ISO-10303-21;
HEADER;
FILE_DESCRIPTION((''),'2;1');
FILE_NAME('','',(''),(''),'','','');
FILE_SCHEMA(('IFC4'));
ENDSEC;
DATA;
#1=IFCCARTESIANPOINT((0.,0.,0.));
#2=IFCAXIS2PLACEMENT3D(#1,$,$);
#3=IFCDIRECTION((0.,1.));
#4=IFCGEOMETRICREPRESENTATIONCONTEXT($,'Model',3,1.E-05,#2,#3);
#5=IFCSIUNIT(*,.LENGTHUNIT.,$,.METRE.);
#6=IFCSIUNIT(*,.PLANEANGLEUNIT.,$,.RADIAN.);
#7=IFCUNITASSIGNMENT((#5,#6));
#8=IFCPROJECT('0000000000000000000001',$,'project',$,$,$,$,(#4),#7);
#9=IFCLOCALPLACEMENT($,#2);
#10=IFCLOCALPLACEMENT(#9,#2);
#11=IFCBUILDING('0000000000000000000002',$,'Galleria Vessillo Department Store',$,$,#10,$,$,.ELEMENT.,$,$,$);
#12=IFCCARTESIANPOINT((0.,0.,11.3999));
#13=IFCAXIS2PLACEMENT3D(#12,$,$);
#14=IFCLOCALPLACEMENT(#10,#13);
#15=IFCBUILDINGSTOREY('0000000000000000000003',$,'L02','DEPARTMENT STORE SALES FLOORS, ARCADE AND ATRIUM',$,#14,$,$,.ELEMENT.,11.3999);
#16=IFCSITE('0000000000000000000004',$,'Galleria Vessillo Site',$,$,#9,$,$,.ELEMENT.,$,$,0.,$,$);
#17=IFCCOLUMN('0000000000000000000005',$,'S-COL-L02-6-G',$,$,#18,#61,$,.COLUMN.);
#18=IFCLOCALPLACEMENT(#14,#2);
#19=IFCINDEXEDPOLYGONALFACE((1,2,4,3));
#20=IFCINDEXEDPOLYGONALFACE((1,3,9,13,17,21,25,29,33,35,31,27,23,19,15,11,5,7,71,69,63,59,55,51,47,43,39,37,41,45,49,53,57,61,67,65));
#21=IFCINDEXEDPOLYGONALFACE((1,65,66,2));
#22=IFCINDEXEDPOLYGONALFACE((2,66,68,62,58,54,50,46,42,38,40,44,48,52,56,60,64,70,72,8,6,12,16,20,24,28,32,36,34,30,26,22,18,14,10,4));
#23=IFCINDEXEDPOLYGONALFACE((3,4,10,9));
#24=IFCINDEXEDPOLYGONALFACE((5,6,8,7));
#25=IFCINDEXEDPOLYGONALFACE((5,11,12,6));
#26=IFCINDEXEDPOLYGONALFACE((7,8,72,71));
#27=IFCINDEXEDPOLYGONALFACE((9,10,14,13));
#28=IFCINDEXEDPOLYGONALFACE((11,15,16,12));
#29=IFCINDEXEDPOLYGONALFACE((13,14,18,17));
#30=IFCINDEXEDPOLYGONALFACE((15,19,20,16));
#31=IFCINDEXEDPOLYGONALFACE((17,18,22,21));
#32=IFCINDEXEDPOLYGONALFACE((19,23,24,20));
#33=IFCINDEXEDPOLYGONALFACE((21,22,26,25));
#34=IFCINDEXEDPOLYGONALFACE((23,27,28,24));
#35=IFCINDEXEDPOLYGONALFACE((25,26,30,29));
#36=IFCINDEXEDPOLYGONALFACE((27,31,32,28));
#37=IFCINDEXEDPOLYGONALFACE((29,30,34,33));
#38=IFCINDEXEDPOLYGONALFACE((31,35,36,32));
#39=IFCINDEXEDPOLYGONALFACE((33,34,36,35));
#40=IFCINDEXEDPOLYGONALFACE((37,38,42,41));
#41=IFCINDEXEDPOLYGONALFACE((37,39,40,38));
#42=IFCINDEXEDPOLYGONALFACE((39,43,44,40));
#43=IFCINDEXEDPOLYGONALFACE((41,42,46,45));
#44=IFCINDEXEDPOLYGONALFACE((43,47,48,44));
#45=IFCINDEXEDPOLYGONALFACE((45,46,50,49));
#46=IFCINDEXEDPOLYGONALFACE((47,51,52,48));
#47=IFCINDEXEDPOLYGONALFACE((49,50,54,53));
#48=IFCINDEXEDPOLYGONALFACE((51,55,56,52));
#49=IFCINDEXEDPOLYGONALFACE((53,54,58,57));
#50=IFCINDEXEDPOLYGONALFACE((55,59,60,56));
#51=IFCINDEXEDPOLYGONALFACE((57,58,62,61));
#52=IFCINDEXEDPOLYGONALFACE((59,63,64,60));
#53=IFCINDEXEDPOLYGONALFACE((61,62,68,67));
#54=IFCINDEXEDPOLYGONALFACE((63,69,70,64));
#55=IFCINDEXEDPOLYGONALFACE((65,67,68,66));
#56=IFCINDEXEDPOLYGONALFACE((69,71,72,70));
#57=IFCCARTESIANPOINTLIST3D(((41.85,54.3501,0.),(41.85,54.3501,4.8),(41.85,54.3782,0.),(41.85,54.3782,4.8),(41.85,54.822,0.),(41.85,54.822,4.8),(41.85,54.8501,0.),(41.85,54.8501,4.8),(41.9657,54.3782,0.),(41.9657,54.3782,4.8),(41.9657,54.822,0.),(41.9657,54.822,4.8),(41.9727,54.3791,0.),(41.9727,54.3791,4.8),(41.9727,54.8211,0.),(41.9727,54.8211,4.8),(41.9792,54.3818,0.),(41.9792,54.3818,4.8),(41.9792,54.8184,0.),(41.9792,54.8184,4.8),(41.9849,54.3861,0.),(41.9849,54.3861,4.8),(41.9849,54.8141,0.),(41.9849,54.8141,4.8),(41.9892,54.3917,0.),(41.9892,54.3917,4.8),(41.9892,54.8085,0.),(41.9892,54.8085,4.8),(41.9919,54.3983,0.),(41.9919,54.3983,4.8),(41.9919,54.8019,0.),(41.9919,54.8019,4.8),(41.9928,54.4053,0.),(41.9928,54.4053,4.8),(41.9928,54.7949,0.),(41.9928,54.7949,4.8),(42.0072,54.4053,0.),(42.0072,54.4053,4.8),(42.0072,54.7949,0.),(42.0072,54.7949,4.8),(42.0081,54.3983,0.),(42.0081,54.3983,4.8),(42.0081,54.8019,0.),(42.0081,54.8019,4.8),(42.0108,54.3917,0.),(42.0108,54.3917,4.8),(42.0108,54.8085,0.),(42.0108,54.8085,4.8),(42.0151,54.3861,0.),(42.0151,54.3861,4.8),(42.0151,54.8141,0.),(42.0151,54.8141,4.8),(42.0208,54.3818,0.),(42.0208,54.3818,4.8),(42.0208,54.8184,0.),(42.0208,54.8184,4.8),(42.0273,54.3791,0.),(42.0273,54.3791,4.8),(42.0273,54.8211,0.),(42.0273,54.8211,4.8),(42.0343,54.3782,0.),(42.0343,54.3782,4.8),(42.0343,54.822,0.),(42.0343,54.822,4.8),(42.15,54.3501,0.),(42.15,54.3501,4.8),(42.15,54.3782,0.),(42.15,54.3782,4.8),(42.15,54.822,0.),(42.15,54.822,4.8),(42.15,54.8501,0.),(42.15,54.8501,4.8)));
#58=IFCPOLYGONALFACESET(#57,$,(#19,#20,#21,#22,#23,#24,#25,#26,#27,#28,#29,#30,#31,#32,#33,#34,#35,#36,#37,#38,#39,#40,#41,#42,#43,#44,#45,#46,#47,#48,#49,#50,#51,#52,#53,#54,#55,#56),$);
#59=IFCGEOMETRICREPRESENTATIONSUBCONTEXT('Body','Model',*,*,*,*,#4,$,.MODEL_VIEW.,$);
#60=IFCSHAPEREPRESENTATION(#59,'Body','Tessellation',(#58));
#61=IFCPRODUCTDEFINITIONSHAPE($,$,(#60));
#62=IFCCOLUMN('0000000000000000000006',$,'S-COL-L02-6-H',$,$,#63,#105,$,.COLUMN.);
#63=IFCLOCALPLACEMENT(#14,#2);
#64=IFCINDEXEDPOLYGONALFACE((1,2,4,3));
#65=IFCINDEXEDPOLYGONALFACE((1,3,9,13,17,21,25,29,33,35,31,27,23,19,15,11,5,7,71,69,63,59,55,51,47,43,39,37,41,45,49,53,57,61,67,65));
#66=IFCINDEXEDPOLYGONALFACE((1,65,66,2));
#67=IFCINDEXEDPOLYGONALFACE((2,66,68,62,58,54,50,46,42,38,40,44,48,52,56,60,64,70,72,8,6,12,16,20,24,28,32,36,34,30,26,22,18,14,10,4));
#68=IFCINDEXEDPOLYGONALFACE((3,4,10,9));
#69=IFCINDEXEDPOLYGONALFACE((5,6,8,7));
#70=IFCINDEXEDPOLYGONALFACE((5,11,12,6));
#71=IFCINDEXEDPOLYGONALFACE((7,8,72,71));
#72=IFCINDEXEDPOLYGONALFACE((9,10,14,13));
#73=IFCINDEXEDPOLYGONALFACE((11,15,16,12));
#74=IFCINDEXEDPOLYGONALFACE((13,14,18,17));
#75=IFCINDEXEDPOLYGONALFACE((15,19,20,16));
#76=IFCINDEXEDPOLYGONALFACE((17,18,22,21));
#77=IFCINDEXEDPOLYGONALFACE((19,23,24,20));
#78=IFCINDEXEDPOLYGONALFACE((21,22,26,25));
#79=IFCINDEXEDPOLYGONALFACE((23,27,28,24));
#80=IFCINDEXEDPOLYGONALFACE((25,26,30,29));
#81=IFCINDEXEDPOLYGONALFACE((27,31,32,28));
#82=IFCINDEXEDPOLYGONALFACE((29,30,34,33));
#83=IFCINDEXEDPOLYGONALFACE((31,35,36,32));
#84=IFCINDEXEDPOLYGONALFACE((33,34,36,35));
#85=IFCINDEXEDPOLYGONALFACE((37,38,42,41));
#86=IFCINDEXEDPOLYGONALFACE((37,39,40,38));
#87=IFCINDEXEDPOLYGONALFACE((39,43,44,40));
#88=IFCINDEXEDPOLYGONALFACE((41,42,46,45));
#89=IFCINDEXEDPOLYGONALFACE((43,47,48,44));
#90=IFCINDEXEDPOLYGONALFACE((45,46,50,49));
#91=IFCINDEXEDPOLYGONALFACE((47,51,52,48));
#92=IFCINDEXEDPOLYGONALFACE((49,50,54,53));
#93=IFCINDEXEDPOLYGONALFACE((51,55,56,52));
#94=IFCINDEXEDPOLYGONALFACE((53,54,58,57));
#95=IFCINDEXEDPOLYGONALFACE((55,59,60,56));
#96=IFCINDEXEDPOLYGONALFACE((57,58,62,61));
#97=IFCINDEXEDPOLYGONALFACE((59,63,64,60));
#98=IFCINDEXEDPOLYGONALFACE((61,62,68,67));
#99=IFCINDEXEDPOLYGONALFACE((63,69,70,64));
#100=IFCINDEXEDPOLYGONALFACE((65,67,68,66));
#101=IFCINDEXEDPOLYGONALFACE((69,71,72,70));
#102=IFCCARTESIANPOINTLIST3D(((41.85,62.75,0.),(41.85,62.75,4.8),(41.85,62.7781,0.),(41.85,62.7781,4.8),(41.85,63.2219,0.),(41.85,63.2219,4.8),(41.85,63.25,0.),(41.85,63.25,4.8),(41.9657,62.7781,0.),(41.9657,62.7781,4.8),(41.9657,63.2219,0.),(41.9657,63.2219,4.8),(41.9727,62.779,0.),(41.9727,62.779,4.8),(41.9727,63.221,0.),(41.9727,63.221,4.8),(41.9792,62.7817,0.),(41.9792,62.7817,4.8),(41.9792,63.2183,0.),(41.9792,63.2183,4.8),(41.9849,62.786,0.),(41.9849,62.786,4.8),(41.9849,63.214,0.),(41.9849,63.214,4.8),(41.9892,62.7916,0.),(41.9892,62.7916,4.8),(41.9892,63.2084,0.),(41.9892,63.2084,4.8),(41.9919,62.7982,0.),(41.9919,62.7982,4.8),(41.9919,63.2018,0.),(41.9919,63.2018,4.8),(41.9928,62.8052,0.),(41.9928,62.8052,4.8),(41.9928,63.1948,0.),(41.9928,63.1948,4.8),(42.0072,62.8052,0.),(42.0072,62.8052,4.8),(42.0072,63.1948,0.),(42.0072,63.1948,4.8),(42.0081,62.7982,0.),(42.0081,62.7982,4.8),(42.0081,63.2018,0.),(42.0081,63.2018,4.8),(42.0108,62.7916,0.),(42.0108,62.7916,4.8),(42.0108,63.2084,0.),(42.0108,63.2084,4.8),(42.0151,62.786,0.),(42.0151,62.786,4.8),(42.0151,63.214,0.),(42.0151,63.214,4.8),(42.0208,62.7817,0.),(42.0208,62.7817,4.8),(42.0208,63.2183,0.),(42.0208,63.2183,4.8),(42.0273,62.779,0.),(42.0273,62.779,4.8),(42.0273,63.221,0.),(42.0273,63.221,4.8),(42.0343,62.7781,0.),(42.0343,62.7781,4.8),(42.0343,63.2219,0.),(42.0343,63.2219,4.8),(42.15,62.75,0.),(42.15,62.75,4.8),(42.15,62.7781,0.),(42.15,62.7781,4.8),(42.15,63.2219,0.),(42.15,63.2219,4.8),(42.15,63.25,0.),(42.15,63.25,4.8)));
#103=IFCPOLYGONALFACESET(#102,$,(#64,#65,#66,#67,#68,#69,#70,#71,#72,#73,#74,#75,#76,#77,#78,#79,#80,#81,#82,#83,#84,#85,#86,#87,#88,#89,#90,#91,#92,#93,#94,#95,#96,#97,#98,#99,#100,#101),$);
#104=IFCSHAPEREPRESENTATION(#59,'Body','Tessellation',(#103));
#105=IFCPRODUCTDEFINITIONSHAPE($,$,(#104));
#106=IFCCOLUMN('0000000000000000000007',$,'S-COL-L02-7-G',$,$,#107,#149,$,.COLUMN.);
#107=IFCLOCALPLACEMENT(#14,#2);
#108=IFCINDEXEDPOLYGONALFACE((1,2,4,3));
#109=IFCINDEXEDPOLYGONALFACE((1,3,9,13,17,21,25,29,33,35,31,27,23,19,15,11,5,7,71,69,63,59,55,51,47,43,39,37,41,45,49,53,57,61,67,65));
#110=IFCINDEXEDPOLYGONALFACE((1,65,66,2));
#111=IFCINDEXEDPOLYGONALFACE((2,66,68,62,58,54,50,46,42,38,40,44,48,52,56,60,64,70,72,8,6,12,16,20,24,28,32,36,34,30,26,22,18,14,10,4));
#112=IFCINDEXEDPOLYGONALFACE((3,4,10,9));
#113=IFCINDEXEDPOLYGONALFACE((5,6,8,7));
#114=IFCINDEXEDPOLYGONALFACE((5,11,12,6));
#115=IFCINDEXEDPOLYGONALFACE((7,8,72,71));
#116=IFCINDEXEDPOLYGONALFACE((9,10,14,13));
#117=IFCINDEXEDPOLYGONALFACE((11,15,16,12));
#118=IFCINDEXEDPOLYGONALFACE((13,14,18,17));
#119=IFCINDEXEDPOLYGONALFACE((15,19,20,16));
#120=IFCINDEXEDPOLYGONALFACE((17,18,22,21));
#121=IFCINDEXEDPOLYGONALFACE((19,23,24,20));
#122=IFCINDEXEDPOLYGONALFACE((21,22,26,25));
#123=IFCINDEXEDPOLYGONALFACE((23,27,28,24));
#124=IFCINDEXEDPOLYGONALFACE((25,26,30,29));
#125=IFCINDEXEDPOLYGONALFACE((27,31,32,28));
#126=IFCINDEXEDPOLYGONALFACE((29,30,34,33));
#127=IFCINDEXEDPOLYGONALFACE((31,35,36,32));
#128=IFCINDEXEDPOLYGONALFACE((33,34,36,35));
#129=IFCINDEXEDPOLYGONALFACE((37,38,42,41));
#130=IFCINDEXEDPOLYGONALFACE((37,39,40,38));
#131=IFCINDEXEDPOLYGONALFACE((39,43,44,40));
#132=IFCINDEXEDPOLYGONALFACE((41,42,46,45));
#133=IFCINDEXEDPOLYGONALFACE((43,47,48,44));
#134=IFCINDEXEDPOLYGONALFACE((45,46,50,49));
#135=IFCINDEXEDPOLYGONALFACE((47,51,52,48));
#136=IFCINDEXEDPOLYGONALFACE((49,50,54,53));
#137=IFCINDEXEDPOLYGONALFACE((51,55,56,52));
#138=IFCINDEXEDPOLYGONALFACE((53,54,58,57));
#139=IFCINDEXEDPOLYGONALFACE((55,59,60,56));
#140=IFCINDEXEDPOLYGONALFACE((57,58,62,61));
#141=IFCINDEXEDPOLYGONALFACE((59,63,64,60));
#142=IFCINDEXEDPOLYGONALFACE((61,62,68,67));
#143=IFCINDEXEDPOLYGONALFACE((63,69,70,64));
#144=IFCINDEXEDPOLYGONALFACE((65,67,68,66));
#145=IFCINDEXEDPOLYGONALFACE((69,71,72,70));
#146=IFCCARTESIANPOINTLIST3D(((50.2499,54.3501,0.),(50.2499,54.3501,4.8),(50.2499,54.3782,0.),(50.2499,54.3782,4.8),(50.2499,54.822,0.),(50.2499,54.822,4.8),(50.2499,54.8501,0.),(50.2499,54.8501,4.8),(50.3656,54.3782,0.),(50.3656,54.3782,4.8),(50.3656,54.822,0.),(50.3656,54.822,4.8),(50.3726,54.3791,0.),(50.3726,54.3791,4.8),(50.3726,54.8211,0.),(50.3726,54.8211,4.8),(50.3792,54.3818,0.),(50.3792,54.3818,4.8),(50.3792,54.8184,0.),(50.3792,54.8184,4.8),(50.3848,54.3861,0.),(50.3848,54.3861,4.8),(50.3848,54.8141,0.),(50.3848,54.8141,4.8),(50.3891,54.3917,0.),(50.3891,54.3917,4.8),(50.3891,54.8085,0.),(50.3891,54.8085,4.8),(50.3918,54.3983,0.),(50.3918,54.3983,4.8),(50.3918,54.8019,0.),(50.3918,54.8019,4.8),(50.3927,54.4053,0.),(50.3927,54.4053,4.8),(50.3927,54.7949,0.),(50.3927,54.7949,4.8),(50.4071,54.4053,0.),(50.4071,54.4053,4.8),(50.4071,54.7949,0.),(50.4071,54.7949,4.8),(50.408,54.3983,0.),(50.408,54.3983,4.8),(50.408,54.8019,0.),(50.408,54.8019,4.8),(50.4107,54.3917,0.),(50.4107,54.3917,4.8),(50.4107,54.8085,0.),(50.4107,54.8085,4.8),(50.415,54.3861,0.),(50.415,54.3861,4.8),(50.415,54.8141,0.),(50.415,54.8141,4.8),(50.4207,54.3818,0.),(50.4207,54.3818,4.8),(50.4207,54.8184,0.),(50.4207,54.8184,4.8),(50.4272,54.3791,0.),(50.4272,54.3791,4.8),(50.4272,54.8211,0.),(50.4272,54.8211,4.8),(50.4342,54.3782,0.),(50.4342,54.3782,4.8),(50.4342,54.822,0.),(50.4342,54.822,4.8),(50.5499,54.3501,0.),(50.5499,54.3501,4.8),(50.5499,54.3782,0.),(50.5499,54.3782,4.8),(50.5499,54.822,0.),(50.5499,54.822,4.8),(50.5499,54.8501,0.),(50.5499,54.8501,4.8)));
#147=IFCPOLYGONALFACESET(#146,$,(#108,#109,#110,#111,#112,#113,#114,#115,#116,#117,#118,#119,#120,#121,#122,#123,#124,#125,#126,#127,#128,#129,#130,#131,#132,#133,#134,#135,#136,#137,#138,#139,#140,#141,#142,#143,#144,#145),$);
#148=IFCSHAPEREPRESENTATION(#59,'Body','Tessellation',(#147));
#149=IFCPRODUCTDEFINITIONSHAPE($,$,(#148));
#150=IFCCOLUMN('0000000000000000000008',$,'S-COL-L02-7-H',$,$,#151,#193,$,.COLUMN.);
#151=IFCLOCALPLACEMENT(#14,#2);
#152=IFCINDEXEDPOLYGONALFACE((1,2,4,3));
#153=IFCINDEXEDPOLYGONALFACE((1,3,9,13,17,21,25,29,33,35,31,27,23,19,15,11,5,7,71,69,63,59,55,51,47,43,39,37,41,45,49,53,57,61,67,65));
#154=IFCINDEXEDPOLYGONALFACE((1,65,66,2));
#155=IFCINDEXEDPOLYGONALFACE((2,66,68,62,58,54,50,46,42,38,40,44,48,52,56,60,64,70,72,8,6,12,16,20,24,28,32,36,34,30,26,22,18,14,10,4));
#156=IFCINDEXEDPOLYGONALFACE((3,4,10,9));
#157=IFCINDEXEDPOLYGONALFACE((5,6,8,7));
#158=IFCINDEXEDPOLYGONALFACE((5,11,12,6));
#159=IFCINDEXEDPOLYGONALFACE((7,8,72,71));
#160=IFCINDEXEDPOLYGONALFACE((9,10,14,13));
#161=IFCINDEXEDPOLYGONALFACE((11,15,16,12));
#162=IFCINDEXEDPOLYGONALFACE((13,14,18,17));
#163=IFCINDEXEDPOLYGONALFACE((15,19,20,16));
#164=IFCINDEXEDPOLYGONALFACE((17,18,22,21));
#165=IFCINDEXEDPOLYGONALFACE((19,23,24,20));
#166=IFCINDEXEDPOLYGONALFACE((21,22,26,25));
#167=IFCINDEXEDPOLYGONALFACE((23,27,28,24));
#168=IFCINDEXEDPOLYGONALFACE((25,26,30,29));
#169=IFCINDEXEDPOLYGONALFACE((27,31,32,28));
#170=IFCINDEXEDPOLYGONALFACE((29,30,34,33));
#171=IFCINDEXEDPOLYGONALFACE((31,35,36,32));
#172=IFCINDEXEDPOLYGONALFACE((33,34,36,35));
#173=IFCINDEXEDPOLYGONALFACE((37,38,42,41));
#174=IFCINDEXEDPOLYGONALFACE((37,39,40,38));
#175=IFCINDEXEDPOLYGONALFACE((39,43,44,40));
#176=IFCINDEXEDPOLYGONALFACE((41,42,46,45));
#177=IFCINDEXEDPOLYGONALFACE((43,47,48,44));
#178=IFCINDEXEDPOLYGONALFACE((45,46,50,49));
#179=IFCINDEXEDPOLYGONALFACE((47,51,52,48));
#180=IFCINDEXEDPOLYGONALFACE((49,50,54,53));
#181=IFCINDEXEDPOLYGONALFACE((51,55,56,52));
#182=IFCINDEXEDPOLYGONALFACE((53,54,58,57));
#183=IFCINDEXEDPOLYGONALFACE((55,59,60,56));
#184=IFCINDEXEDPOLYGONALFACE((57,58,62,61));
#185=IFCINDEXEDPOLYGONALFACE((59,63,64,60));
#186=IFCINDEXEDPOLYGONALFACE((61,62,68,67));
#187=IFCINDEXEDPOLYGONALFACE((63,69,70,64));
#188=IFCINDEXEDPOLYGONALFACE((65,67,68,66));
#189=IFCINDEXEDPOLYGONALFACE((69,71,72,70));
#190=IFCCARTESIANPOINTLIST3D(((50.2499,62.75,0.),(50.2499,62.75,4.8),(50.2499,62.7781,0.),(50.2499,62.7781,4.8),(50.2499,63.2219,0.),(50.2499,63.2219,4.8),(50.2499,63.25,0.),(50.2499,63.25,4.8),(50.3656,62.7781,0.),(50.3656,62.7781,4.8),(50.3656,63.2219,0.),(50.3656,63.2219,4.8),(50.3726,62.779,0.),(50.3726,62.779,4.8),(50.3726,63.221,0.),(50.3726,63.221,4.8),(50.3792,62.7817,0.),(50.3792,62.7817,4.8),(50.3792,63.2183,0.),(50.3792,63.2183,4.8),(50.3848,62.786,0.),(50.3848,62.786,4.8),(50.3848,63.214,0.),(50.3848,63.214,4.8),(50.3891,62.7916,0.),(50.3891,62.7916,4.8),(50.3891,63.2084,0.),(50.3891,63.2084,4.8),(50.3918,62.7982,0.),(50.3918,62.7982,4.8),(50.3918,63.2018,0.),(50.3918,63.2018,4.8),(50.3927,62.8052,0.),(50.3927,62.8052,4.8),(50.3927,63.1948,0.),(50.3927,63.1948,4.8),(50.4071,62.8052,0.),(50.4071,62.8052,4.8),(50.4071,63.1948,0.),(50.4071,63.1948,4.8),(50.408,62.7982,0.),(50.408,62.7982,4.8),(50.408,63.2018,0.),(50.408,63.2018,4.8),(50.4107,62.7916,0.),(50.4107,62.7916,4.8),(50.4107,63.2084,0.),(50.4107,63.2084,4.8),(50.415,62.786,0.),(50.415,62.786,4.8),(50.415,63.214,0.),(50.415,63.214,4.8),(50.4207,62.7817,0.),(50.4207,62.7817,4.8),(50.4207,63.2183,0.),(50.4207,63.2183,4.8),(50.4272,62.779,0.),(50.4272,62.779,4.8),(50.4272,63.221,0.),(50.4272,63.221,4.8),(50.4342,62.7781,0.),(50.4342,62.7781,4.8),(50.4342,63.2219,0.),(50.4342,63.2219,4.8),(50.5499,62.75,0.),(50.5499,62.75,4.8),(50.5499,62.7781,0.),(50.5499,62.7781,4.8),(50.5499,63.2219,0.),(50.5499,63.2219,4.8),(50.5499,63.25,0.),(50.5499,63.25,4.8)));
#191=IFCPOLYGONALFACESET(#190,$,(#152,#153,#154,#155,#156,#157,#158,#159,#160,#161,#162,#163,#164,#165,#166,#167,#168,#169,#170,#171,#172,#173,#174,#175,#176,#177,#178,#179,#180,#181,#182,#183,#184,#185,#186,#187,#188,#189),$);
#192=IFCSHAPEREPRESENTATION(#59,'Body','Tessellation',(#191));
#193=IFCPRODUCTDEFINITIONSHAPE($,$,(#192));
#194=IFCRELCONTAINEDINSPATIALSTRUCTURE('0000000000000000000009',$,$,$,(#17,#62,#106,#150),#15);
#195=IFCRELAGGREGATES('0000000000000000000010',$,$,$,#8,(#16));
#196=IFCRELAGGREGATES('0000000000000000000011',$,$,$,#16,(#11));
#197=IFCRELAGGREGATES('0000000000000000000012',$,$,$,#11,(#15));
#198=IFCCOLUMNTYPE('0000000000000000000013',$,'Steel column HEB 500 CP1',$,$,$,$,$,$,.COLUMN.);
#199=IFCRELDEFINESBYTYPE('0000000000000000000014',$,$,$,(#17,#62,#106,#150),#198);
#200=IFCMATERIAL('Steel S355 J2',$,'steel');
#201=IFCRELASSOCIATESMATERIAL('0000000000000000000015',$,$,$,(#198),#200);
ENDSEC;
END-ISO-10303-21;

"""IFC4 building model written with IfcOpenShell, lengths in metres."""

from ifc_helpers import new_model, si_unit, direction, frame, origin, origin_2d, place, context, subcontext, project, spatial, i_section, extrude, material, material_profile, profile_set, type_object, element, save


model = new_model("IFC4")

# Units and contexts
model_context = context("Model", 3, precision=1e-05, world=origin(), true_north=direction((0.0, 1.0)))
body_context = subcontext(model_context, "Body", "Model", "MODEL_VIEW")
ifc_project = project(units=[si_unit("LENGTHUNIT", "METRE"), si_unit("PLANEANGLEUNIT", "RADIAN")], contexts=[model_context])

# Site, building, storey
site_placement = place(None, origin())
site = spatial("IfcSite", under=ifc_project, at=site_placement, Name="Galleria Vessillo Site", CompositionType="ELEMENT", RefElevation=0.0)
building_placement = place(site_placement, origin())
building = spatial("IfcBuilding", under=site, at=building_placement, Name="Galleria Vessillo Department Store", CompositionType="ELEMENT")
storey_placement = place(building_placement, frame((0.0, 0.0, 11.3999)))
storey = spatial("IfcBuildingStorey", under=building, at=storey_placement, Name="L02", Description="DEPARTMENT STORE SALES FLOORS, ARCADE AND ATRIUM", CompositionType="ELEMENT", Elevation=11.3999)

# Columns
ifc_material_1 = material(Name="Steel S355 J2", Category="steel")
ifc_material_profile_1 = material_profile(ifc_material_1, i_section(OverallWidth=0.3, OverallDepth=0.5, WebThickness=0.0144, FlangeThickness=0.0281, FilletRadius=0.0271, at=origin_2d()), Name="HEB 500")
ifc_profile_set_1 = profile_set([ifc_material_profile_1], Name="Steel S355 J2")
column_type = type_object("IfcColumnType", Name="Steel column HEB 500 CP1", PredefinedType="COLUMN", material=ifc_profile_set_1)
for number, where, z_axis, x_axis, name in (
    (1, (42.0, 54.6001, 0.0), (0.0, 0.0, 1.0), (1.0, 0.0, 0.0), "S-COL-L02-6-G"),
    (2, (42.0, 63.0, 0.0), (0.0, 0.0, 1.0), (1.0, 0.0, 0.0), "S-COL-L02-6-H"),
    (3, (50.3999, 54.6001, 0.0), (0.0, 0.0, 1.0), (1.0, 0.0, 0.0), "S-COL-L02-7-G"),
    (4, (50.3999, 63.0, 0.0), (0.0, 0.0, 1.0), (1.0, 0.0, 0.0), "S-COL-L02-7-H"),
):
    element("IfcColumn", number, at=place(storey_placement, frame(where, z_axis=z_axis, x_axis=x_axis)), inside=storey, type_object=column_type, Name=name, PredefinedType="COLUMN", context=body_context, shape_type="SweptSolid", body=[
        extrude(i_section(OverallWidth=0.3, OverallDepth=0.5, WebThickness=0.0144, FlangeThickness=0.0281, FilletRadius=0.0271, at=origin_2d()), origin(), (0.0, 0.0, 1.0), 4.8),
    ])

save(model, "model.ifc")
